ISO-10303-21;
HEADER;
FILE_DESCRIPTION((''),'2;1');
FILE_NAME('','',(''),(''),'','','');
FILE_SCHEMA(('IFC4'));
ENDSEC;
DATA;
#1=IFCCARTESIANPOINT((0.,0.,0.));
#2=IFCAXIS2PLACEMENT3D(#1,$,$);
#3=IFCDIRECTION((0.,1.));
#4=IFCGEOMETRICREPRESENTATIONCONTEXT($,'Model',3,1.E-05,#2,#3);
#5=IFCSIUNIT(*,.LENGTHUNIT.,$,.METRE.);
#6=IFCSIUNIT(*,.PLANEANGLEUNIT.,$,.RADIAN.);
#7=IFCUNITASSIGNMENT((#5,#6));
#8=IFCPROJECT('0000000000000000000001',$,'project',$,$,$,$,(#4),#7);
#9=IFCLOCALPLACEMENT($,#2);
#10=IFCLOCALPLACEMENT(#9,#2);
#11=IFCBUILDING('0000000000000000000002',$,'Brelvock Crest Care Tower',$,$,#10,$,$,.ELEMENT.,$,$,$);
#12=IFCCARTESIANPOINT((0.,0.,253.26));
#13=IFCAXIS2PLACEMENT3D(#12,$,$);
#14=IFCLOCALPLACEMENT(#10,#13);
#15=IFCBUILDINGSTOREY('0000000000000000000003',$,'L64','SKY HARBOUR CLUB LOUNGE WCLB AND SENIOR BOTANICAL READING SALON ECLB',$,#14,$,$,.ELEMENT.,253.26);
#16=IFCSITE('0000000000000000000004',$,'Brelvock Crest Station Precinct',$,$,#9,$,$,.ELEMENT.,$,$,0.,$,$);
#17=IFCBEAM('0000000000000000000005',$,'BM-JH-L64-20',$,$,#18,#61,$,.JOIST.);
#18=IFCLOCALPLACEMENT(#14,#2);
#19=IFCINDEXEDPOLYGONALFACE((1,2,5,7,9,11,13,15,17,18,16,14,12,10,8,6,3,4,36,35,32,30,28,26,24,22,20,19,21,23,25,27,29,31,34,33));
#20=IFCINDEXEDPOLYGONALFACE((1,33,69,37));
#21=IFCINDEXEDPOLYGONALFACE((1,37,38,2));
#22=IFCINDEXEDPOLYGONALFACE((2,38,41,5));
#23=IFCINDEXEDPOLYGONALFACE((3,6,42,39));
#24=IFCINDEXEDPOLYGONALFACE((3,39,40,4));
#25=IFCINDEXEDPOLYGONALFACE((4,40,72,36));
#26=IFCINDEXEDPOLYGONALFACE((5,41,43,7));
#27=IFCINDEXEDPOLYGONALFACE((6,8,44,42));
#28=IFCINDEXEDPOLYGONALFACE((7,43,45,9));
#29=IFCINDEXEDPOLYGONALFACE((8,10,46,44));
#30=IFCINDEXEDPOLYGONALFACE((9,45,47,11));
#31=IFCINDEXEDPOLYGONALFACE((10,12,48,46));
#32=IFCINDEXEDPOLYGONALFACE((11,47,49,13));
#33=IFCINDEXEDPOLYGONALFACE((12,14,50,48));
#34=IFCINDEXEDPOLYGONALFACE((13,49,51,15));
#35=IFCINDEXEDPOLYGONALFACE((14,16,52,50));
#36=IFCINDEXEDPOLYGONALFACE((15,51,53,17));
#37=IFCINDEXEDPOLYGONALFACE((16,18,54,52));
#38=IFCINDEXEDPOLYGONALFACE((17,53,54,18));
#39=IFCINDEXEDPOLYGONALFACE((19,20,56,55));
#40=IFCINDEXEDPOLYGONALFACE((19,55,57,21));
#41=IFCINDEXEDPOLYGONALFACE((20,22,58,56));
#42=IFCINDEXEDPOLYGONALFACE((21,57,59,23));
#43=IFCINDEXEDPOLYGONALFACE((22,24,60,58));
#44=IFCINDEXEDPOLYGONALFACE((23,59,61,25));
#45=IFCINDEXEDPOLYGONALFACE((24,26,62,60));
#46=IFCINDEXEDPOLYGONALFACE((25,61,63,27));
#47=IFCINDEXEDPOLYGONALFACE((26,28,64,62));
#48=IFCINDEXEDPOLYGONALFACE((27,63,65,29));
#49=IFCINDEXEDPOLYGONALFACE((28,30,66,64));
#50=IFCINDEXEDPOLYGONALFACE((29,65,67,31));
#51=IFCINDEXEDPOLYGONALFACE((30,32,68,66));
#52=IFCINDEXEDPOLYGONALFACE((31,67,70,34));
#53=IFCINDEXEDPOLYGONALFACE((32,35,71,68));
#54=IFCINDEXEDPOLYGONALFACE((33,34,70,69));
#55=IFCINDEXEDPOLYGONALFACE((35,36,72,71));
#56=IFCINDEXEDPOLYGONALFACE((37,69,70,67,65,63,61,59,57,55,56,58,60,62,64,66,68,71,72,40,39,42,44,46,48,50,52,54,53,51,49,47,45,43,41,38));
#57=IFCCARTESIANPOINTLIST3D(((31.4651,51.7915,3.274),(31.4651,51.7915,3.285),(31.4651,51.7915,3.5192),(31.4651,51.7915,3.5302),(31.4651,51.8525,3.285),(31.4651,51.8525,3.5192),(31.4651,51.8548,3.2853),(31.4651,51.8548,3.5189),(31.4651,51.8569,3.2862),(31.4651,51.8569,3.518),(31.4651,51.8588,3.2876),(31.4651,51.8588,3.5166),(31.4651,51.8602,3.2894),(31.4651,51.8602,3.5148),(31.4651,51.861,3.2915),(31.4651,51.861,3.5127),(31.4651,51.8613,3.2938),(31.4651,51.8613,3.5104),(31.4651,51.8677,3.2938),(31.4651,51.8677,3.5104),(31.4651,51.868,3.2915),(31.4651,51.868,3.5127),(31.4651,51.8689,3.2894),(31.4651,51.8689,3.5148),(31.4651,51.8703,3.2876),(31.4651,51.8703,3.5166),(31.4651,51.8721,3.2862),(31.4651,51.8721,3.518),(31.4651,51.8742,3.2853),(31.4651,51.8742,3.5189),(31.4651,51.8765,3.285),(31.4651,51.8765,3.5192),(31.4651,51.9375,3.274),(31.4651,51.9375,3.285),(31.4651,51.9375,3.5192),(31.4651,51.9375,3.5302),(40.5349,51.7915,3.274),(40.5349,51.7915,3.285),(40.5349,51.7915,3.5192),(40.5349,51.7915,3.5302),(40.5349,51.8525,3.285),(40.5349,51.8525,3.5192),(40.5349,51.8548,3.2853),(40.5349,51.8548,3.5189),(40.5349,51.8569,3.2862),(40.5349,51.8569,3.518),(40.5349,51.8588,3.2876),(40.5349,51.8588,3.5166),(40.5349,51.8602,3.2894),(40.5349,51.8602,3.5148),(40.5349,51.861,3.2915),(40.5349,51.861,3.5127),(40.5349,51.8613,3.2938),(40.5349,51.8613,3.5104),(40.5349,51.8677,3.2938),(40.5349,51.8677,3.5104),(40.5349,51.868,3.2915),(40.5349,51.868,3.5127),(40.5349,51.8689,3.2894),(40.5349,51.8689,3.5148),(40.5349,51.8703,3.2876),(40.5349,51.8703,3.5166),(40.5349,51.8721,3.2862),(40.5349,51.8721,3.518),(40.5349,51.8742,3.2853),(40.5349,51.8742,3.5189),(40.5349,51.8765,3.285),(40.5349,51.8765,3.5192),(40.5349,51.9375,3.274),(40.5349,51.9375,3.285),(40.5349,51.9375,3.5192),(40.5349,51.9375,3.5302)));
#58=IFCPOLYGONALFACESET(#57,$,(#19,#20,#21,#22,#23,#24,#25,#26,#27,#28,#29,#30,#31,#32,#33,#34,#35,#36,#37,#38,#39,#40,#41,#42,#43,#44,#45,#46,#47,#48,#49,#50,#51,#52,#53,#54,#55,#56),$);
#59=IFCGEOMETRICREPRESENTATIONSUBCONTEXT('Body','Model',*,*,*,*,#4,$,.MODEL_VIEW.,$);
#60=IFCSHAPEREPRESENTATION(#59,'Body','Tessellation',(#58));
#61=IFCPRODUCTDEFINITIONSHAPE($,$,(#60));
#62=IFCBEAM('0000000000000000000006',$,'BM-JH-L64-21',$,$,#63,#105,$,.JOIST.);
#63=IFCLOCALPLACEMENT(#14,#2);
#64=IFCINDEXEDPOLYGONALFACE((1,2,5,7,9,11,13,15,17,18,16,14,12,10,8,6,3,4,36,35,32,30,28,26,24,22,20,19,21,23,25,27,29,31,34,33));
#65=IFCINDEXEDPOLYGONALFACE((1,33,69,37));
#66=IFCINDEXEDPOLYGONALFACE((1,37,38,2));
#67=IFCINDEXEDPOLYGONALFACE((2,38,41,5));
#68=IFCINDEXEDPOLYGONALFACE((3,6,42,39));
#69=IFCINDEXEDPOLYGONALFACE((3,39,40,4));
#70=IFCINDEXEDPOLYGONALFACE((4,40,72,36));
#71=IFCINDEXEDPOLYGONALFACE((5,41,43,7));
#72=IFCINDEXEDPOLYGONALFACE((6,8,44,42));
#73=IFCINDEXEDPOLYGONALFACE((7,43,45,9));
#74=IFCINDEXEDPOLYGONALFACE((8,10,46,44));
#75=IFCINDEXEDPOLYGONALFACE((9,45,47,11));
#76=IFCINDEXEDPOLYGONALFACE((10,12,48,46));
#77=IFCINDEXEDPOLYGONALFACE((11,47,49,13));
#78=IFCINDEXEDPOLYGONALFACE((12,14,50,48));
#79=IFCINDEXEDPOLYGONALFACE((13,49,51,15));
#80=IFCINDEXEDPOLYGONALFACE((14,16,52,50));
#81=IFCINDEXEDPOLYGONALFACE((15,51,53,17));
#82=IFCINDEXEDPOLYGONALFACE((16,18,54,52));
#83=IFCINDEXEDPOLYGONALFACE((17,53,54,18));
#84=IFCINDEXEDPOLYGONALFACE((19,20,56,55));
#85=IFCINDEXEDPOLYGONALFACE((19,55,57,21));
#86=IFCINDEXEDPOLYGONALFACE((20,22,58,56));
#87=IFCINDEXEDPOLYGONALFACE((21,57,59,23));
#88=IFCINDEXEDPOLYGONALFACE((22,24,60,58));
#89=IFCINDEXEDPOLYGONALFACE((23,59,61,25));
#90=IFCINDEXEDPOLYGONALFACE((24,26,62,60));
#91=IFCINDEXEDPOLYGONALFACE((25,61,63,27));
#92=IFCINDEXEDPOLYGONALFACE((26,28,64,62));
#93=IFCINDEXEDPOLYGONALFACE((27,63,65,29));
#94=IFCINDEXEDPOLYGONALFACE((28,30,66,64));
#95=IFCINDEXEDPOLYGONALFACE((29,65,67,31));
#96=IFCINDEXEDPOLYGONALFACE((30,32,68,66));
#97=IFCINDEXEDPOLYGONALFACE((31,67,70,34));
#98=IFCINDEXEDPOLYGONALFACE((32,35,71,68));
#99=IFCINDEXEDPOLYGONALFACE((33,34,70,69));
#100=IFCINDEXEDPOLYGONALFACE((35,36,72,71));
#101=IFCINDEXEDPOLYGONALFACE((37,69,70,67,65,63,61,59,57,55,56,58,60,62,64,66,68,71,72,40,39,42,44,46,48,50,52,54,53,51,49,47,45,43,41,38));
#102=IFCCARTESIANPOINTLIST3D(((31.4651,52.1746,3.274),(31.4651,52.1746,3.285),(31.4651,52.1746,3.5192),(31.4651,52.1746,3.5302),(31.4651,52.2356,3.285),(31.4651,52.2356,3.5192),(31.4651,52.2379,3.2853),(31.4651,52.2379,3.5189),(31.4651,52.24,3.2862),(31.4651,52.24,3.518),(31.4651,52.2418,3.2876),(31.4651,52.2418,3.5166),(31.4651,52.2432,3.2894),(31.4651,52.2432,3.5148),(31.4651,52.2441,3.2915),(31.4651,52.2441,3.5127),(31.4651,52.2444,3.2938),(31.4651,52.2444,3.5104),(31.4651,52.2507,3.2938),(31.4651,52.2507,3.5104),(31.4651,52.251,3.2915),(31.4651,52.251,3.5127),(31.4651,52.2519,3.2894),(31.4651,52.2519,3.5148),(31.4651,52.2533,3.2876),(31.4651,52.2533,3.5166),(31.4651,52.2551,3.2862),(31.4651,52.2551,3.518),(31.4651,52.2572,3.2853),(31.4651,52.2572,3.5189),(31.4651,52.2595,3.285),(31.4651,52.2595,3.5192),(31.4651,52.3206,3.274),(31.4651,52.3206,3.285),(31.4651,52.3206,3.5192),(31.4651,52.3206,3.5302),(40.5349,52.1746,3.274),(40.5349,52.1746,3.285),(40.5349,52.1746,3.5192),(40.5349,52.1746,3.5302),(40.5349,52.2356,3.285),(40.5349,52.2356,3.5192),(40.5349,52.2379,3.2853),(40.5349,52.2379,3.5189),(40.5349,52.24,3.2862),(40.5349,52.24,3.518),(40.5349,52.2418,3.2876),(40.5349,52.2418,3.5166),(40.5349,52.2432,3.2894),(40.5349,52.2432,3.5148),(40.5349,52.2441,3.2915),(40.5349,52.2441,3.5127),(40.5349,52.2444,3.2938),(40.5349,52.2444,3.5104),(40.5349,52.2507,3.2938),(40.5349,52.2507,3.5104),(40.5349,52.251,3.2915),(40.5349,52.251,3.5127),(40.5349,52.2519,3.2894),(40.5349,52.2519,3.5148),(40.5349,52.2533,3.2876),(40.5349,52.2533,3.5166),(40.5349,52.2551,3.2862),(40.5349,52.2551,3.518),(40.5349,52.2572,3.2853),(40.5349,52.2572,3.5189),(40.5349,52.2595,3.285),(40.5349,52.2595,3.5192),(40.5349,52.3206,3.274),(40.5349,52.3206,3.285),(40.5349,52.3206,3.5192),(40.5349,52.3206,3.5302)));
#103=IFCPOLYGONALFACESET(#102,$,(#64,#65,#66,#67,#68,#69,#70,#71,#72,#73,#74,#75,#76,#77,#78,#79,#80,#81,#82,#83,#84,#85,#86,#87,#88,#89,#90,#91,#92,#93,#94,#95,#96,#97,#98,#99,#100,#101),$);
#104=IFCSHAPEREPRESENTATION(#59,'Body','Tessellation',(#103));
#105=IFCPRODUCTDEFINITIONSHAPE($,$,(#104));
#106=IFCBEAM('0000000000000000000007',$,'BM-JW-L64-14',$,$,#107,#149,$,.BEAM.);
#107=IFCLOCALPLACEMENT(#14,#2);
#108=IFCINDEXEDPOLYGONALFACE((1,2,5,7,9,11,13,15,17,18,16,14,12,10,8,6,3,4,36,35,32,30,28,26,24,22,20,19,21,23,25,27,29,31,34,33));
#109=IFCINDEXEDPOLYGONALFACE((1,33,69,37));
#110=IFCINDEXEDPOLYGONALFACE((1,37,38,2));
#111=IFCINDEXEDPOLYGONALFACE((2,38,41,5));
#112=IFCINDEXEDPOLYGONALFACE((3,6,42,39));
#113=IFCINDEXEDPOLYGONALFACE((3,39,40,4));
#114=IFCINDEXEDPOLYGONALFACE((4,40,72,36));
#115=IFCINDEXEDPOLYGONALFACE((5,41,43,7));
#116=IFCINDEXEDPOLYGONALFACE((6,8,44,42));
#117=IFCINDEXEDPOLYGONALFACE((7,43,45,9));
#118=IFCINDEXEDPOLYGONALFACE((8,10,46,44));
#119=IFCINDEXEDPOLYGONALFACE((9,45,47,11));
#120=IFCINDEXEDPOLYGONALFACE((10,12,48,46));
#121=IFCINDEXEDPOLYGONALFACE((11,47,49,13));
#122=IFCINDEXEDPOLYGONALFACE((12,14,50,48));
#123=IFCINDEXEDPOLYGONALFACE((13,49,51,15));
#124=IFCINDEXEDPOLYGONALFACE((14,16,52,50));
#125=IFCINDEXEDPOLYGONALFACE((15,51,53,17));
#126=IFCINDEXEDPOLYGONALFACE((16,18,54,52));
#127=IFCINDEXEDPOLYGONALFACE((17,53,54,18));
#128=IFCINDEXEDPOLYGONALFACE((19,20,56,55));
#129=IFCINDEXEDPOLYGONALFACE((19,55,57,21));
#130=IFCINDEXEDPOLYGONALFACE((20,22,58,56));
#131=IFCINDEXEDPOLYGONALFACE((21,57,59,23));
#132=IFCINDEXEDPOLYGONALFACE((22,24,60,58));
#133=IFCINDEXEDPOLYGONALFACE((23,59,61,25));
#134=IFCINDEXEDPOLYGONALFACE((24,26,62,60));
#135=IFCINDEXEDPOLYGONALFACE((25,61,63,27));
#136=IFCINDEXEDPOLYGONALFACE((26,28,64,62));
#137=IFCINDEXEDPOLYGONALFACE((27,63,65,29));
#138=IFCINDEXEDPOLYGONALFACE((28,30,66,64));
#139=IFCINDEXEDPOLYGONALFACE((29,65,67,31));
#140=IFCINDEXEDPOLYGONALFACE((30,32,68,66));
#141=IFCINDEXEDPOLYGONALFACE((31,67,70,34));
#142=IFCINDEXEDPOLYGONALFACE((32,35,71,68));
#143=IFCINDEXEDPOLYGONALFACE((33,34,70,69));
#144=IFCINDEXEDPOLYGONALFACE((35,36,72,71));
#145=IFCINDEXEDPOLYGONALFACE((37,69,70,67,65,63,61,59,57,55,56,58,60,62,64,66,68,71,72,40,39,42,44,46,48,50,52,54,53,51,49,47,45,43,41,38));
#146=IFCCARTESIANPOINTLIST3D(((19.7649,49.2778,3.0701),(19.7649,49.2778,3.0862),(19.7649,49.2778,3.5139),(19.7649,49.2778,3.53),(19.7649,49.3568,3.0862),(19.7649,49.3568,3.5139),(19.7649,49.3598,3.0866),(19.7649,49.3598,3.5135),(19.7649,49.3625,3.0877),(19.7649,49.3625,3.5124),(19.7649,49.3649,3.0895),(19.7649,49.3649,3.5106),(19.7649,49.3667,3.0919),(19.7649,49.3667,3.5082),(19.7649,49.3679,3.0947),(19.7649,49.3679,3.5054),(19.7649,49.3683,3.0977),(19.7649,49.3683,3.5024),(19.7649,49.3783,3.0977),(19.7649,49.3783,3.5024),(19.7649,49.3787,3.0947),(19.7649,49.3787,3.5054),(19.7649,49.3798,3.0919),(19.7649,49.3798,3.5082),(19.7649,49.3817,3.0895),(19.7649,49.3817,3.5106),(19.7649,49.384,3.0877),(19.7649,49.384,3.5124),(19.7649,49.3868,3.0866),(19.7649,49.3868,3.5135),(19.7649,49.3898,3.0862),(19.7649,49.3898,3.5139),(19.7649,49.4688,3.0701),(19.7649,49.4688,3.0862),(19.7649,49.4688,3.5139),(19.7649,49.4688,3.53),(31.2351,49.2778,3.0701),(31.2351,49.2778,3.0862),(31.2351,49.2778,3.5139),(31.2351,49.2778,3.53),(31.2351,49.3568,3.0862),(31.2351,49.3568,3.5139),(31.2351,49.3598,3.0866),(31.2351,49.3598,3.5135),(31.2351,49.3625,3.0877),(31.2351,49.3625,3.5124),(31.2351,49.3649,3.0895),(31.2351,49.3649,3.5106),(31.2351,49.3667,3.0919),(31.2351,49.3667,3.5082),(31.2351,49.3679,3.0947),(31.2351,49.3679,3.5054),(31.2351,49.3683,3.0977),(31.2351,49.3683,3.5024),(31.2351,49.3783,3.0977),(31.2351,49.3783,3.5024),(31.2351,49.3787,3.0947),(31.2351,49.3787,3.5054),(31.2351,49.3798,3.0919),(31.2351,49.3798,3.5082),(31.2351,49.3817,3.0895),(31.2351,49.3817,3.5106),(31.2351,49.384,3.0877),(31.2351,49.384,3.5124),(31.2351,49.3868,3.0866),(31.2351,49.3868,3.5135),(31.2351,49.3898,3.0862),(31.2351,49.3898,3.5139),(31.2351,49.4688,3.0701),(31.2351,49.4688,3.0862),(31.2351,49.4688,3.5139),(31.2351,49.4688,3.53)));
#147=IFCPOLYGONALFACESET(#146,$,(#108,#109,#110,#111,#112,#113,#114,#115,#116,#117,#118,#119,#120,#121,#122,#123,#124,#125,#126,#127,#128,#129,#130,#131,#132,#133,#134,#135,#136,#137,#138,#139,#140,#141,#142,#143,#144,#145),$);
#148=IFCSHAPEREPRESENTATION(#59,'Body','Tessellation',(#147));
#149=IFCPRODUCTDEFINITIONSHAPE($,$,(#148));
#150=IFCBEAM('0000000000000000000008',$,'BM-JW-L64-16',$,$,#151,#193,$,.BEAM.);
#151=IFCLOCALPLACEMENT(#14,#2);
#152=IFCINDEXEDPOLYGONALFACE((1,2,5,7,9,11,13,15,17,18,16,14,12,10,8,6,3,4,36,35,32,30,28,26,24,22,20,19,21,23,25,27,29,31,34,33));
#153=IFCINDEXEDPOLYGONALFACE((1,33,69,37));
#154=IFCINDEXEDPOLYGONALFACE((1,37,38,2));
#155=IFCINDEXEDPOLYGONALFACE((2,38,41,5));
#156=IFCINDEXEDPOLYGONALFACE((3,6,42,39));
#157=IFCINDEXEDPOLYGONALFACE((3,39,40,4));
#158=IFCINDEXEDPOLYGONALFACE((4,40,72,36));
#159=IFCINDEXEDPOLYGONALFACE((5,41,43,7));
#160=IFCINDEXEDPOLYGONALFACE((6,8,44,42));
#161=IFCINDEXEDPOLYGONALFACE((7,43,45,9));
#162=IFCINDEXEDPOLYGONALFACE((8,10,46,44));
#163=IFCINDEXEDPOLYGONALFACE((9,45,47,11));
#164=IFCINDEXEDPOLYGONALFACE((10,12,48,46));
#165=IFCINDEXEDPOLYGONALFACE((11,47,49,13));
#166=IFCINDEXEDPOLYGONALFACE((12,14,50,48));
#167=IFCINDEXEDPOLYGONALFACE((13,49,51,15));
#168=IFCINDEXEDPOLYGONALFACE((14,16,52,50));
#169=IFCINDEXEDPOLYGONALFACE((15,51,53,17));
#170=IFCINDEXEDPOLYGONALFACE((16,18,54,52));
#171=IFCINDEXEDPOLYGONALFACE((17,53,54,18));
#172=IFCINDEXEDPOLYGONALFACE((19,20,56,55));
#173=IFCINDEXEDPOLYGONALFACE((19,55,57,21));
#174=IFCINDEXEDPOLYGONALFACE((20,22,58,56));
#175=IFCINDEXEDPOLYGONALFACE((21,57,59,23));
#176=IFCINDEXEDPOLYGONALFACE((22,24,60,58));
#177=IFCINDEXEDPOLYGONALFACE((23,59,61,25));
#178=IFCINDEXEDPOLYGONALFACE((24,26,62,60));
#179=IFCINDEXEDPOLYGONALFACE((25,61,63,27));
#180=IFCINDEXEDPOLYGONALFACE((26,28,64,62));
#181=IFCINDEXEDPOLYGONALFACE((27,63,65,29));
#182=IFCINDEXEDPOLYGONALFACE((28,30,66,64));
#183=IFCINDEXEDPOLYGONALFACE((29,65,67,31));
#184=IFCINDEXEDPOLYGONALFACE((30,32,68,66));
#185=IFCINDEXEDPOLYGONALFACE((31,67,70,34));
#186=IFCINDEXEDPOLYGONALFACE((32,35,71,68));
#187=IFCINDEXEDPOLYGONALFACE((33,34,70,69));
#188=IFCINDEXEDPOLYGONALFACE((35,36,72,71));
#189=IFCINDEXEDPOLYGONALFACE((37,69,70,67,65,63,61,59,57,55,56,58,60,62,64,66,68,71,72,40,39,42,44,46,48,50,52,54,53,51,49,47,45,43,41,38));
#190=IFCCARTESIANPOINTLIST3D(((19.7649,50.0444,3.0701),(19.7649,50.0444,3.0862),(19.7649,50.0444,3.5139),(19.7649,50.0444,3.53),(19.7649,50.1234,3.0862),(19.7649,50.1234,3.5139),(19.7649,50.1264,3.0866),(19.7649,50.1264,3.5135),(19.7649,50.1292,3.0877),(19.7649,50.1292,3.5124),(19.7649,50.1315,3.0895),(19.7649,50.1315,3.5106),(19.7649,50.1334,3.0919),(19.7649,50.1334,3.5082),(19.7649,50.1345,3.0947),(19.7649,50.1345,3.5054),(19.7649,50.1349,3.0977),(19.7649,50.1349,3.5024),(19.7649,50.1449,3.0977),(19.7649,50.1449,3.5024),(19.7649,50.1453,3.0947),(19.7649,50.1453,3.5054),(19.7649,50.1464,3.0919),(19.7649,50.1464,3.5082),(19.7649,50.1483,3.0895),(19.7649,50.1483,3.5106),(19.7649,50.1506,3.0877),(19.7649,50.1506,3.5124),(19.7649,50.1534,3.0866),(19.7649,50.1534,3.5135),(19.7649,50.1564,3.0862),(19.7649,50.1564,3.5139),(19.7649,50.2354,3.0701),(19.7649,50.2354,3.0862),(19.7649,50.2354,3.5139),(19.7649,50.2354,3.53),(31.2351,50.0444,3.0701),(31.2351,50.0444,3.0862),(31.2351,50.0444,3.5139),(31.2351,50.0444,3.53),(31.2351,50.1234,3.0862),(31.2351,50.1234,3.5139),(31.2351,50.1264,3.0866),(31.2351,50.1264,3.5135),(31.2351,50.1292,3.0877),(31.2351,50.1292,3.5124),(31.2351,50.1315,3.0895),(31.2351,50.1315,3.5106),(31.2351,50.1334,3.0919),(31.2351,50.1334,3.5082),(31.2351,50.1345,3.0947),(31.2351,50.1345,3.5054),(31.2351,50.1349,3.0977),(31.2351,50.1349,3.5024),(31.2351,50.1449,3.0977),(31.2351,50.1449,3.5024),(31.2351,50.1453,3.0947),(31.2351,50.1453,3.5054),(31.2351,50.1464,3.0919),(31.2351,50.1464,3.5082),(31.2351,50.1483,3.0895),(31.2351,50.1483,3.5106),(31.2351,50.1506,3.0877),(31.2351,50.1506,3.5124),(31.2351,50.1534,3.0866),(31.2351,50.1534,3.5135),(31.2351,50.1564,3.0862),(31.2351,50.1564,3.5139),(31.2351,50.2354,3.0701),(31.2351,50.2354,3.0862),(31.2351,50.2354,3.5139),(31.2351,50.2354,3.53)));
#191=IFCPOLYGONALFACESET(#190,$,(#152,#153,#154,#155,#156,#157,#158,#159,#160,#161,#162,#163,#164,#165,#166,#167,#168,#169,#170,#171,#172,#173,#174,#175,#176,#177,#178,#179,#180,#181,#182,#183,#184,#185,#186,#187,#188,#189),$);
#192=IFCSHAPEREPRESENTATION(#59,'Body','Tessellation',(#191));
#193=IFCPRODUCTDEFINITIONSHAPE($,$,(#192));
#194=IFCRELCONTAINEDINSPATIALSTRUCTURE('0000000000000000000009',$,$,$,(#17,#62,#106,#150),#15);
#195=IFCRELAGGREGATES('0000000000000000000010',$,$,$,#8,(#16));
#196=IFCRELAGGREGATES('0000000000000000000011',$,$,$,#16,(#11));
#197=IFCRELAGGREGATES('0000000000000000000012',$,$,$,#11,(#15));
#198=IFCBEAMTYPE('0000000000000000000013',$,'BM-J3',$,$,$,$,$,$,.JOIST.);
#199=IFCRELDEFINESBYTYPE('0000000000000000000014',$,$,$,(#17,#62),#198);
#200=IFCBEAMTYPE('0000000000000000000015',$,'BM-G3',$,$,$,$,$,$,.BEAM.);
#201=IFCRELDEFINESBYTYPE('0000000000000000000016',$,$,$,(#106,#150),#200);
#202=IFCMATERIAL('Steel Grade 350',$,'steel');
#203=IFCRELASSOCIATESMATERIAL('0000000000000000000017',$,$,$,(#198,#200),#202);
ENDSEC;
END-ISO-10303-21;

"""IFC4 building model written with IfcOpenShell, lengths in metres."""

from ifc_helpers import new_model, si_unit, direction, frame, origin, origin_2d, place, context, subcontext, project, spatial, i_section, extrude, source, transform, mapped, material, material_profile, profile_set, type_object, element, save


model = new_model("IFC4")

# Units and contexts
model_context = context("Model", 3, precision=1e-05, world=origin(), true_north=direction((0.0, 1.0)))
body_context = subcontext(model_context, "Body", "Model", "MODEL_VIEW")
ifc_project = project(units=[si_unit("LENGTHUNIT", "METRE"), si_unit("PLANEANGLEUNIT", "RADIAN")], contexts=[model_context])

# Site, building, storey
site_placement = place(None, origin())
site = spatial("IfcSite", under=ifc_project, at=site_placement, Name="Brelvock Crest Station Precinct", CompositionType="ELEMENT", RefElevation=0.0)
building_placement = place(site_placement, origin())
building = spatial("IfcBuilding", under=site, at=building_placement, Name="Brelvock Crest Care Tower", CompositionType="ELEMENT")
storey_placement = place(building_placement, frame((0.0, 0.0, 253.26)))
storey = spatial("IfcBuildingStorey", under=building, at=storey_placement, Name="L64", Description="SKY HARBOUR CLUB LOUNGE WCLB AND SENIOR BOTANICAL READING SALON ECLB", CompositionType="ELEMENT", Elevation=253.26)

# Beams
ifc_material = material(Name="Steel Grade 350", Category="steel")
ifc_material_profile_1 = material_profile(ifc_material, i_section(OverallWidth=0.146, OverallDepth=0.2561, WebThickness=0.0063, FlangeThickness=0.011, FilletRadius=0.0088, at=origin_2d()), Name="250UB37.3")
ifc_profile_set_1 = profile_set([ifc_material_profile_1], Name="Steel Grade 350")
beam_type_1 = type_object("IfcBeamType", Name="BM-J3", PredefinedType="JOIST", material=ifc_profile_set_1)
shared_shape_1 = source(origin(), body_context, "Body", "SweptSolid", [
    extrude(i_section(OverallWidth=0.146, OverallDepth=0.2561, WebThickness=0.0063, FlangeThickness=0.011, FilletRadius=0.0088, at=origin_2d()), origin(), (0.0, 0.0, 1.0), 9.0698),
])
for number, where, z_axis, x_axis, name in (
    (1, (31.4651, 51.8645, 3.4021), (1.0, 0.0, 0.0), (0.0, 1.0, 0.0), "BM-JH-L64-20"),
    (2, (31.4651, 52.2476, 3.4021), (1.0, 0.0, 0.0), (0.0, 1.0, 0.0), "BM-JH-L64-21"),
):
    element("IfcBeam", number, at=place(storey_placement, frame(where, z_axis=z_axis, x_axis=x_axis)), inside=storey, type_object=beam_type_1, Name=name, PredefinedType="JOIST", context=body_context, shape_type="MappedRepresentation", body=[
        mapped(shared_shape_1, transform((0.0, 0.0, 0.0), x_axis=(1.0, 0.0, 0.0), y_axis=(0.0, 1.0, 0.0), z_axis=(0.0, 0.0, 1.0), scale=1.0)),
    ])
ifc_material_profile_2 = material_profile(ifc_material, i_section(OverallWidth=0.1909, OverallDepth=0.46, WebThickness=0.01, FlangeThickness=0.0161, FilletRadius=0.0115, at=origin_2d()), Name="460UB82.1")
ifc_profile_set_2 = profile_set([ifc_material_profile_2], Name="Steel Grade 350")
beam_type_2 = type_object("IfcBeamType", Name="BM-G3", PredefinedType="BEAM", material=ifc_profile_set_2)
shared_shape_2 = source(origin(), body_context, "Body", "SweptSolid", [
    extrude(i_section(OverallWidth=0.1909, OverallDepth=0.46, WebThickness=0.01, FlangeThickness=0.0161, FilletRadius=0.0115, at=origin_2d()), origin(), (0.0, 0.0, 1.0), 11.4702),
])
for number, where, z_axis, x_axis, name in (
    (3, (19.7649, 49.3733, 3.3), (1.0, 0.0, 0.0), (0.0, 1.0, 0.0), "BM-JW-L64-14"),
    (4, (19.7649, 50.1399, 3.3), (1.0, 0.0, 0.0), (0.0, 1.0, 0.0), "BM-JW-L64-16"),
):
    element("IfcBeam", number, at=place(storey_placement, frame(where, z_axis=z_axis, x_axis=x_axis)), inside=storey, type_object=beam_type_2, Name=name, PredefinedType="BEAM", context=body_context, shape_type="MappedRepresentation", body=[
        mapped(shared_shape_2, transform((0.0, 0.0, 0.0), x_axis=(1.0, 0.0, 0.0), y_axis=(0.0, 1.0, 0.0), z_axis=(0.0, 0.0, 1.0), scale=1.0)),
    ])

save(model, "model.ifc")
